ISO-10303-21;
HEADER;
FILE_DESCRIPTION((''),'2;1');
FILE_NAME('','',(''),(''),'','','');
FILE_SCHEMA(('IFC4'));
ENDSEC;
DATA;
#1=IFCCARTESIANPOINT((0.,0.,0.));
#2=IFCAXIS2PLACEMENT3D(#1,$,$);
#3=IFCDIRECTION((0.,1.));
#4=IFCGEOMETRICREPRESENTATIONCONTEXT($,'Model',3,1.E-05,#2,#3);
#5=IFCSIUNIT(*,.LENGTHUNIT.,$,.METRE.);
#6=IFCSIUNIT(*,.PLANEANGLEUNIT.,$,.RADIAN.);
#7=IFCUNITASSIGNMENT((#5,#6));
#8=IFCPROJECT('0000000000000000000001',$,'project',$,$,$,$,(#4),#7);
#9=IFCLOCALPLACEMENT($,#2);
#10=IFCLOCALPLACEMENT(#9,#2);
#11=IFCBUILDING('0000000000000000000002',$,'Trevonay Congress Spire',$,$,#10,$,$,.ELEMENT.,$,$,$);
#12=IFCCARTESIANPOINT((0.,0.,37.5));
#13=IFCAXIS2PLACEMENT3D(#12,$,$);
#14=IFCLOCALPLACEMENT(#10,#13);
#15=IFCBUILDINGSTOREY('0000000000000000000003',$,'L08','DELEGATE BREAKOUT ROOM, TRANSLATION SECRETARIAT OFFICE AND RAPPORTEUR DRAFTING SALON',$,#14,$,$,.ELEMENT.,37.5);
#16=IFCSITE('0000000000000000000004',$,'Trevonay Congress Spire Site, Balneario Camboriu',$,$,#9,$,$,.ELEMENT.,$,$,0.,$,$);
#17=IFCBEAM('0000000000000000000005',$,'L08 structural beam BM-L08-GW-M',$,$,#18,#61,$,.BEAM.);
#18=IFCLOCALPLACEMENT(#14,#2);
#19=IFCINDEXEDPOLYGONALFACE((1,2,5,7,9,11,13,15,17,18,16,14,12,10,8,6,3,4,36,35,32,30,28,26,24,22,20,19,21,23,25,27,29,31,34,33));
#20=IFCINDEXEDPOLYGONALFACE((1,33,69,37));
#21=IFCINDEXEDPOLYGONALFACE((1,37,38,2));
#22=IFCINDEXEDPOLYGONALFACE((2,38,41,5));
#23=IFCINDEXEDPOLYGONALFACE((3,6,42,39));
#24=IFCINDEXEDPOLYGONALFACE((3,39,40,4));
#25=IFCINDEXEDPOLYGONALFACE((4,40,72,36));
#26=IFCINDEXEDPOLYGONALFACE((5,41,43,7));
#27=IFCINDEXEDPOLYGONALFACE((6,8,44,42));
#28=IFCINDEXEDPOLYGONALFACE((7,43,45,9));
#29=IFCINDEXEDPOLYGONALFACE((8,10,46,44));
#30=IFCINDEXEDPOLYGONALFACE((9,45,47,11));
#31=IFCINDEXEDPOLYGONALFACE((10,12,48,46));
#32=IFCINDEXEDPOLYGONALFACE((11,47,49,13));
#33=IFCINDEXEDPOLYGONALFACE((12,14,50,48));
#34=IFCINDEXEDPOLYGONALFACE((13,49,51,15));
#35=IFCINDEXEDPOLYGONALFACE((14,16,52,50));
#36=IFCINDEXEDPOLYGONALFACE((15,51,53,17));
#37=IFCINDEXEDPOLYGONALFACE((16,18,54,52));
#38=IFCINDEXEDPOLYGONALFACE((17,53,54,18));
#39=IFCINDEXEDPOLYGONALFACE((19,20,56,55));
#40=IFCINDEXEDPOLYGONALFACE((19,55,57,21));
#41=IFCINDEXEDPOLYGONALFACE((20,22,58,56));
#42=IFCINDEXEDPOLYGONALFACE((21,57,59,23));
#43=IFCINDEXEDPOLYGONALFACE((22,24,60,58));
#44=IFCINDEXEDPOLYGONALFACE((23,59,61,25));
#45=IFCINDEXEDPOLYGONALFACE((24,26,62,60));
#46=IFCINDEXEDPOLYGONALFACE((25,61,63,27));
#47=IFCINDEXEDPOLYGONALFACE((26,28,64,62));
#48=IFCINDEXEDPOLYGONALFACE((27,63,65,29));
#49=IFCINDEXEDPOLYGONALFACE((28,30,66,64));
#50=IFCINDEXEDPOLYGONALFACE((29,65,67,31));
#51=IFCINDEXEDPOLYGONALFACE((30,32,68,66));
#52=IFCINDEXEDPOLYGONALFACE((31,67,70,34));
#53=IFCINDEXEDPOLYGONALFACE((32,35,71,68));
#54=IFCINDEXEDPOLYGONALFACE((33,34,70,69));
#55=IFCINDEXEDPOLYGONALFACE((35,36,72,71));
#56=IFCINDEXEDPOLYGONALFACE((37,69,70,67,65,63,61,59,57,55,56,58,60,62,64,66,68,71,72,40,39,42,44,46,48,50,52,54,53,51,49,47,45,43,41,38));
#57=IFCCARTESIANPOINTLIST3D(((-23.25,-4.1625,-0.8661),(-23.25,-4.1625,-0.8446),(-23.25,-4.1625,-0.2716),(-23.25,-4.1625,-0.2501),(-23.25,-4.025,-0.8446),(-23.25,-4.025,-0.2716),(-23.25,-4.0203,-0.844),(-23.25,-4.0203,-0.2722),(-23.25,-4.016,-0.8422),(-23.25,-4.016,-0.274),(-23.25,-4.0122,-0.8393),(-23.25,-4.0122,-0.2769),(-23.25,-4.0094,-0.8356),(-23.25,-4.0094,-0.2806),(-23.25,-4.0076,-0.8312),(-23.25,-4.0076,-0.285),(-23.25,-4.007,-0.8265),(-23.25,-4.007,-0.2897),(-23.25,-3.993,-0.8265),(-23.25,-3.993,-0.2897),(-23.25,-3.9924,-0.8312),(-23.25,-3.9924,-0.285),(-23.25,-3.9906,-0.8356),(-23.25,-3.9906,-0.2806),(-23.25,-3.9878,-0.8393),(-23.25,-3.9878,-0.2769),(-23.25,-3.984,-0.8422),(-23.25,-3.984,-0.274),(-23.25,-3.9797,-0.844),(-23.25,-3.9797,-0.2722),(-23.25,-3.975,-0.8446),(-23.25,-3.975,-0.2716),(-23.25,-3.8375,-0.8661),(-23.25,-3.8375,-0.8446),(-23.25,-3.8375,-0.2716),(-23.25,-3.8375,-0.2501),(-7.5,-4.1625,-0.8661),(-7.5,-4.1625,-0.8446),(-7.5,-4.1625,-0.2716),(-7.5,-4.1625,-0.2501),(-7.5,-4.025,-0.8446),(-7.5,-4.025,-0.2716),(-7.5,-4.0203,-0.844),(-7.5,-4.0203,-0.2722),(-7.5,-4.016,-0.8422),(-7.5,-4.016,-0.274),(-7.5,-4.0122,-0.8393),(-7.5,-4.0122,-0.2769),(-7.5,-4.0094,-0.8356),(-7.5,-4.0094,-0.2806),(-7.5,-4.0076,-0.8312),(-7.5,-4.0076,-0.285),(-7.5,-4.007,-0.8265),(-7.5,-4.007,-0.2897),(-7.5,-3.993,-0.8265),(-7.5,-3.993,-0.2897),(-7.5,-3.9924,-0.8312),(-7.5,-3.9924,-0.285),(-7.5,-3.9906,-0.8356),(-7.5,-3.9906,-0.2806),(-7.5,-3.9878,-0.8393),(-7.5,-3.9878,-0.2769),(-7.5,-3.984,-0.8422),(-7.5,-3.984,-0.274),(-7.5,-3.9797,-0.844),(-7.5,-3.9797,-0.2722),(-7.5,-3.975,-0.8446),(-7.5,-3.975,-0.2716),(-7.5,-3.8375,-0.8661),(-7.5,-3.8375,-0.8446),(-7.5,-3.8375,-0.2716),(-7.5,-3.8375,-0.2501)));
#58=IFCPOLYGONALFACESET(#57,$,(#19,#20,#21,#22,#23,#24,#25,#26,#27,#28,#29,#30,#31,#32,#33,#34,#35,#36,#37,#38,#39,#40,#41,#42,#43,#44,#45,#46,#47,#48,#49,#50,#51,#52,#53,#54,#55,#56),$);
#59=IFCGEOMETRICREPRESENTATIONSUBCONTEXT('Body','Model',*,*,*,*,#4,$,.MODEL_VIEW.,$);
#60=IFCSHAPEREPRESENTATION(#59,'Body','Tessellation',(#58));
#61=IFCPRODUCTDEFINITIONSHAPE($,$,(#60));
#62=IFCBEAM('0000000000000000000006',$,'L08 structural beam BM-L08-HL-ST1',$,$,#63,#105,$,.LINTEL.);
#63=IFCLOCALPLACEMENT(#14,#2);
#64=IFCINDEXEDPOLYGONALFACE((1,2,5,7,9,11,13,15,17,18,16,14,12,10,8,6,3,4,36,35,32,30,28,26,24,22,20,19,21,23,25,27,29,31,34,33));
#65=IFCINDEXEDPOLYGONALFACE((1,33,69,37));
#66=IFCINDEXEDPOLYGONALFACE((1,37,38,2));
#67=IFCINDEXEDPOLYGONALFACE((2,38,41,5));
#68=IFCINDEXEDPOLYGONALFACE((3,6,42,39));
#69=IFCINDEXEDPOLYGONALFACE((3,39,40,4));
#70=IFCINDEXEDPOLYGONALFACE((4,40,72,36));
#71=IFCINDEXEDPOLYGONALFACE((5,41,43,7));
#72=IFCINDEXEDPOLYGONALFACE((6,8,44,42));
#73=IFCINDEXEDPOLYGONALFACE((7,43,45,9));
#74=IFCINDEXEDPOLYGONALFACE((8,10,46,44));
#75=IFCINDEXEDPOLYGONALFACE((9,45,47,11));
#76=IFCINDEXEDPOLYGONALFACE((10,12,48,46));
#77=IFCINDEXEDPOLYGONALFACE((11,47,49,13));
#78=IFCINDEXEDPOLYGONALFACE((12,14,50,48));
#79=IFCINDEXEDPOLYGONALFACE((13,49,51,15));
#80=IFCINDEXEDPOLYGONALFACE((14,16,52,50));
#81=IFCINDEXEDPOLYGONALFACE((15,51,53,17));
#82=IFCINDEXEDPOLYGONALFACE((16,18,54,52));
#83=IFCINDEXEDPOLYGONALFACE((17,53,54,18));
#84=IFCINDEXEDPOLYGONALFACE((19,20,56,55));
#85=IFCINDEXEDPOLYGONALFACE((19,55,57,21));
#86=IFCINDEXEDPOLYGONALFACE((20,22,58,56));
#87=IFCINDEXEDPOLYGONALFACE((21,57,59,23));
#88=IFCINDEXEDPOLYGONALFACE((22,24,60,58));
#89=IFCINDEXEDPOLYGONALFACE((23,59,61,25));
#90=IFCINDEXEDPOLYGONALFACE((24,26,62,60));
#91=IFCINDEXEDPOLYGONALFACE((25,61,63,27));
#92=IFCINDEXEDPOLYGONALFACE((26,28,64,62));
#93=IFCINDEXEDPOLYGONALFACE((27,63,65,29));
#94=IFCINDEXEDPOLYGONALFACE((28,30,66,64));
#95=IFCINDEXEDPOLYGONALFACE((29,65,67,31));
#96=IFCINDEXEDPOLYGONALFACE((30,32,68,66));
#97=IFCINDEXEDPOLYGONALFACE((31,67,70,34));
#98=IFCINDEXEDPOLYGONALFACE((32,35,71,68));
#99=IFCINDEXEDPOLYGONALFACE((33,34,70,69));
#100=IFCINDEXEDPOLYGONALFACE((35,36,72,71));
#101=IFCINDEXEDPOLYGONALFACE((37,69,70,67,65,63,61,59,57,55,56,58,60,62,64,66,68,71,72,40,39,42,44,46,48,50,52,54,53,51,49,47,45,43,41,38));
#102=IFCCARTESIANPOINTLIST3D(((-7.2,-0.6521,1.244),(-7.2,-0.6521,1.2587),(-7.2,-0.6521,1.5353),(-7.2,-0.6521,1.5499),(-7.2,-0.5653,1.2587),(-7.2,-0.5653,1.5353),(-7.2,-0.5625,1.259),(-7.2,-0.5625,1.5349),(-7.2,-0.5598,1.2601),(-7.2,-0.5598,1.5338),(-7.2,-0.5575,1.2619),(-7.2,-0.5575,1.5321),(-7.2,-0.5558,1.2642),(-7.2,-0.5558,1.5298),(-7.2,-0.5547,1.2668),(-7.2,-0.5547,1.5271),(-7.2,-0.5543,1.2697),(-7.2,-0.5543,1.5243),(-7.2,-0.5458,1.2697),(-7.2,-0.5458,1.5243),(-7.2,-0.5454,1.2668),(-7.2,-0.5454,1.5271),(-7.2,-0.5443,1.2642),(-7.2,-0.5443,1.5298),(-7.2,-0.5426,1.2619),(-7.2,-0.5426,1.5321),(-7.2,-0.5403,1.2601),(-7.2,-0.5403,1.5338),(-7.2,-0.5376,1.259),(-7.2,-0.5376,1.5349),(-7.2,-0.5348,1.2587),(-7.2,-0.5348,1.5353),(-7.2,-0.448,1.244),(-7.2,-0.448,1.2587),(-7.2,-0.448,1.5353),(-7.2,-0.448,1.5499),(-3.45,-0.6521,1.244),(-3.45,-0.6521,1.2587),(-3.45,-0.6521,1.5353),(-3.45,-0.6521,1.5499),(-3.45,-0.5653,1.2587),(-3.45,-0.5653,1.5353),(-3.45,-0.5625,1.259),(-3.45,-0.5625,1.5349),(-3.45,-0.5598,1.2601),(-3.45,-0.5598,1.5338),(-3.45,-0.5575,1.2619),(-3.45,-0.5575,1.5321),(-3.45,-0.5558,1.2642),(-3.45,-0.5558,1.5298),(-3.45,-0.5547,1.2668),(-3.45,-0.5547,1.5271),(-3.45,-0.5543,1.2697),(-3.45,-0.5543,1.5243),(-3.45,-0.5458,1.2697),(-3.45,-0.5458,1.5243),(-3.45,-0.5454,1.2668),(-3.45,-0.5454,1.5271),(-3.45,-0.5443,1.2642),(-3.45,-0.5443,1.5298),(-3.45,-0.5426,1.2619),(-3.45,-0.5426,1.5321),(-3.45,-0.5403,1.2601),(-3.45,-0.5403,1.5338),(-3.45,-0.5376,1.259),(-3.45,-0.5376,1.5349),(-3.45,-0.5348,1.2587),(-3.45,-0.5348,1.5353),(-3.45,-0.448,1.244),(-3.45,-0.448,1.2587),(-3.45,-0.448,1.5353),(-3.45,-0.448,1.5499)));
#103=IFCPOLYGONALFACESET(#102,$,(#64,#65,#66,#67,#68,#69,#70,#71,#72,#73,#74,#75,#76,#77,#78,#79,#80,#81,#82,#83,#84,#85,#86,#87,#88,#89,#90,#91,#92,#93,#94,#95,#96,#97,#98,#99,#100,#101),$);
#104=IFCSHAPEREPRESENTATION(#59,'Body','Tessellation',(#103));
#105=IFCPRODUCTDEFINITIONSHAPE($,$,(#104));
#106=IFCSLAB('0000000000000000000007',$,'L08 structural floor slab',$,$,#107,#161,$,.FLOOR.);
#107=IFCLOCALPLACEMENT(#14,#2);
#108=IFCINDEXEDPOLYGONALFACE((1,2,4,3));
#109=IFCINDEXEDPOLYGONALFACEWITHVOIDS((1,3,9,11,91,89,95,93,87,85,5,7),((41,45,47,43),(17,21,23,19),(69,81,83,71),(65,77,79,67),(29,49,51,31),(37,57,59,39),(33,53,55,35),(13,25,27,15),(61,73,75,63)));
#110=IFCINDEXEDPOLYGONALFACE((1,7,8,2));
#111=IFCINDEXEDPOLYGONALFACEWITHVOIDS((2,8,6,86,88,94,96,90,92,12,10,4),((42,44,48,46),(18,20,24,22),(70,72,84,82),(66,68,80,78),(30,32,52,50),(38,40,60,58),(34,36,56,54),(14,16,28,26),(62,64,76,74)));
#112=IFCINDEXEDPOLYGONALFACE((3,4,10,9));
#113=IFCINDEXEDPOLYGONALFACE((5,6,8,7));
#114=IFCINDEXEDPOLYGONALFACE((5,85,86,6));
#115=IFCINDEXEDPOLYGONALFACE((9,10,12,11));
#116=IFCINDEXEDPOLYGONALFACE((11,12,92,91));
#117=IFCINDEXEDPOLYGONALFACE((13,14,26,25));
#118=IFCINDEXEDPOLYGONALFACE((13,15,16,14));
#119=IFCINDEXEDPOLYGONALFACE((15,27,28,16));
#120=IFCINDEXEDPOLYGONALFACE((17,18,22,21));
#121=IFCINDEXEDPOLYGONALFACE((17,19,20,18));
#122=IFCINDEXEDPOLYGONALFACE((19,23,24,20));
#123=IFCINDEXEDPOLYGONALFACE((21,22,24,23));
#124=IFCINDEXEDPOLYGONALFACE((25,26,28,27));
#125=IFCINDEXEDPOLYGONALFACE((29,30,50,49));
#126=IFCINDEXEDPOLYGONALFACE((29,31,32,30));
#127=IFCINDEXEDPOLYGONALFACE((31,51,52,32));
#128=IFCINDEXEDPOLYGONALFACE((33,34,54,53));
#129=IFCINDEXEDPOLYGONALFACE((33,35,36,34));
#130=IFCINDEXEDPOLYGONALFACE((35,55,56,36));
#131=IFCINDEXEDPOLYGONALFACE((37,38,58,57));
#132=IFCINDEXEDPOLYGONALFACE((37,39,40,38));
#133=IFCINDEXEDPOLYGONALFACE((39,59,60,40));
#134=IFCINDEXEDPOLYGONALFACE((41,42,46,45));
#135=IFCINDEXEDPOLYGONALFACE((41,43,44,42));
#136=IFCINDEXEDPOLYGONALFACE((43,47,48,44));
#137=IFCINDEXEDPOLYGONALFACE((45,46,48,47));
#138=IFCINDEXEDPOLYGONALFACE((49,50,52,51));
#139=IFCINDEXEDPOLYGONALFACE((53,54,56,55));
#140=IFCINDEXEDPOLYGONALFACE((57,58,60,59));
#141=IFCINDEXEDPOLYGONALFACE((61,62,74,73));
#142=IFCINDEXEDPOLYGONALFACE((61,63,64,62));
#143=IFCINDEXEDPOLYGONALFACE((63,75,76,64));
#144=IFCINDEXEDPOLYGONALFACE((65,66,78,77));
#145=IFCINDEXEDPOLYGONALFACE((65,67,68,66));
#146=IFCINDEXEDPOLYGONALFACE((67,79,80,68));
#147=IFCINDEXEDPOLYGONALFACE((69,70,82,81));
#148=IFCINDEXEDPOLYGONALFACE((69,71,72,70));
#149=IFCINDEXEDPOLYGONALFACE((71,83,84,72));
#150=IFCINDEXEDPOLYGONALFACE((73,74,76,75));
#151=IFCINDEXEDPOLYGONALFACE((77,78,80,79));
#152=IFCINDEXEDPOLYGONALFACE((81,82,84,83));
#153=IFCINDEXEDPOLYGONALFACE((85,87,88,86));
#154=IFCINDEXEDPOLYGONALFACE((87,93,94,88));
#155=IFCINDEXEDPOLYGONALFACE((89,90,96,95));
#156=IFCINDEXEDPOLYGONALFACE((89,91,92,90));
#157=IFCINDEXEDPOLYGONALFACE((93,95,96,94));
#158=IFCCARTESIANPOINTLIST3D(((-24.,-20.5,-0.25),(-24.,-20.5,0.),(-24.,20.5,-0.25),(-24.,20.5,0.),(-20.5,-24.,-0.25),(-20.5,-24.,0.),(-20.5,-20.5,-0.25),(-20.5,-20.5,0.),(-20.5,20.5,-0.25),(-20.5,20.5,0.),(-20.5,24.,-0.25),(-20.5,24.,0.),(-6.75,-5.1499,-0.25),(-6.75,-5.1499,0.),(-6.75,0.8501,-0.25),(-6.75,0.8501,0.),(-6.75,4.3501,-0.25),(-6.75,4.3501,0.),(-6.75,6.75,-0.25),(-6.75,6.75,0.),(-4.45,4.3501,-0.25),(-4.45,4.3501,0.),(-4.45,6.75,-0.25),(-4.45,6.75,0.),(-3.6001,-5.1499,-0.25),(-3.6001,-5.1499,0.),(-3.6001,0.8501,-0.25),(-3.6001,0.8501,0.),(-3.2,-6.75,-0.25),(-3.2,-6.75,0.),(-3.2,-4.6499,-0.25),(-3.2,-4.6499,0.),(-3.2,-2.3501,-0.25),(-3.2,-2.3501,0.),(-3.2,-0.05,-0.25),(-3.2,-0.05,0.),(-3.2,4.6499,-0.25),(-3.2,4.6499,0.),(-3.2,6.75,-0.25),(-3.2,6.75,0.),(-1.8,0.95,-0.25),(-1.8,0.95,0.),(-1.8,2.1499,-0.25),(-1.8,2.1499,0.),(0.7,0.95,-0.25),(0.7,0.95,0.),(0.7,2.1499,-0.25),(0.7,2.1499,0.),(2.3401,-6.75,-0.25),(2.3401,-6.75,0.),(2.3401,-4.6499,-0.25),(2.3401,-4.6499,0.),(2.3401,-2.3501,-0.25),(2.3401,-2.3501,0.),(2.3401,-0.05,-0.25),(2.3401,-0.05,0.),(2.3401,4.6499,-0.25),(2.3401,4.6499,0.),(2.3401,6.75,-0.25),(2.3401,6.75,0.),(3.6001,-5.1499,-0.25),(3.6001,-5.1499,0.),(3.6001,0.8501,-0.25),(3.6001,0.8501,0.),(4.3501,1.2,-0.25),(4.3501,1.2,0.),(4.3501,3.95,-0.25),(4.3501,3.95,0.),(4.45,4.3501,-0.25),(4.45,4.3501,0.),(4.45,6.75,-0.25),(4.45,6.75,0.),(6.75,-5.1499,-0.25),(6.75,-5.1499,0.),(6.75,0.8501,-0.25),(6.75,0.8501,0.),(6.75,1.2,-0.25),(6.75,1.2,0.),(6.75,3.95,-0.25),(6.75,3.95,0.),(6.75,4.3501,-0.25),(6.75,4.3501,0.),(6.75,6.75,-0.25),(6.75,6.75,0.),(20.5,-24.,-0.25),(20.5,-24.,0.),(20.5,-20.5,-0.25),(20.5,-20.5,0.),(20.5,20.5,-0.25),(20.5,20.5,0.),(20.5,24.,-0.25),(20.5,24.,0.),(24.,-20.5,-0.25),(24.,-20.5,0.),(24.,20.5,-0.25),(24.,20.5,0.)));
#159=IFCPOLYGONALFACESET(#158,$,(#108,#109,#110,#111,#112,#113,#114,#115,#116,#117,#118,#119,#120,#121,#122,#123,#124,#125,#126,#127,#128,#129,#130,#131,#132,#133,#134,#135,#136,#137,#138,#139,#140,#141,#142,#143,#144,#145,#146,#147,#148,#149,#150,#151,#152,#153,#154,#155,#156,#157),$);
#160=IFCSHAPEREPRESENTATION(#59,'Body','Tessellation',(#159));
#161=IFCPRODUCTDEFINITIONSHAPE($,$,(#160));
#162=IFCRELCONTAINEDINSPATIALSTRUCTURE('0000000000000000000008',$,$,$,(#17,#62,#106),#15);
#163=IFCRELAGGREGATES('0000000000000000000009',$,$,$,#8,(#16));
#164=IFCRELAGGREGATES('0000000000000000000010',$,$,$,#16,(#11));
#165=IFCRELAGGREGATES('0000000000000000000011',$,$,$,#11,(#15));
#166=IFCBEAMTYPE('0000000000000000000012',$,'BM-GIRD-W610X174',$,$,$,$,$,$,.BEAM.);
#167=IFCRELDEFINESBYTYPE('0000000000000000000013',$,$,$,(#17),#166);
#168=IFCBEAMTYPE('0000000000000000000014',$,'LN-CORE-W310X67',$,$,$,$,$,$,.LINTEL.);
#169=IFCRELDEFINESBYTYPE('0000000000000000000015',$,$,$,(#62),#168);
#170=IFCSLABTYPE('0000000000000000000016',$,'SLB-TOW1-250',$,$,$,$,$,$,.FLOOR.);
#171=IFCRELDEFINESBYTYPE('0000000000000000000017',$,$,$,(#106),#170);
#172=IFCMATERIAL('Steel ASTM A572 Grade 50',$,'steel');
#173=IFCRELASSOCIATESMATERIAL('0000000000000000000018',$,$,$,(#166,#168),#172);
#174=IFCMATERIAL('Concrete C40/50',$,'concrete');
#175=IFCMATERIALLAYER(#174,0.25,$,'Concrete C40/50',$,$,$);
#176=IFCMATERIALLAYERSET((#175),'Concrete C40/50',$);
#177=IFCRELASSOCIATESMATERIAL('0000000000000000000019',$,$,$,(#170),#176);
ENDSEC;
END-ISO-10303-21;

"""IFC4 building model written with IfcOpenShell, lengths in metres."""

from ifc_helpers import new_model, si_unit, direction, frame, origin, origin_2d, place, context, subcontext, project, spatial, polyline, i_section, outline, extrude, material, layer, layer_set, material_profile, profile_set, type_object, element, save


model = new_model("IFC4")

# Units and contexts
model_context = context("Model", 3, precision=1e-05, world=origin(), true_north=direction((0.0, 1.0)))
body_context = subcontext(model_context, "Body", "Model", "MODEL_VIEW")
ifc_project = project(units=[si_unit("LENGTHUNIT", "METRE"), si_unit("PLANEANGLEUNIT", "RADIAN")], contexts=[model_context])

# Site, building, storey
site_placement = place(None, origin())
site = spatial("IfcSite", under=ifc_project, at=site_placement, Name="Trevonay Congress Spire Site, Balneario Camboriu", CompositionType="ELEMENT", RefElevation=0.0)
building_placement = place(site_placement, origin())
building = spatial("IfcBuilding", under=site, at=building_placement, Name="Trevonay Congress Spire", CompositionType="ELEMENT")
storey_placement = place(building_placement, frame((0.0, 0.0, 37.5)))
storey = spatial("IfcBuildingStorey", under=building, at=storey_placement, Name="L08", Description="DELEGATE BREAKOUT ROOM, TRANSLATION SECRETARIAT OFFICE AND RAPPORTEUR DRAFTING SALON", CompositionType="ELEMENT", Elevation=37.5)

# Shared definitions
ifc_material_1 = material(Name="Steel ASTM A572 Grade 50", Category="steel")

# Beams
ifc_material_profile_1 = material_profile(ifc_material_1, i_section(OverallWidth=0.325, OverallDepth=0.616, WebThickness=0.0139, FlangeThickness=0.0215, FilletRadius=0.0181, at=origin_2d()), Name="W610x174")
ifc_profile_set_1 = profile_set([ifc_material_profile_1], Name="Steel ASTM A572 Grade 50")
beam_type_1 = type_object("IfcBeamType", Name="BM-GIRD-W610X174", PredefinedType="BEAM", material=ifc_profile_set_1)
for number, where, z_axis, x_axis, name in (
    (1, (-7.5, -4.0, -0.5581), (-1.0, 0.0, 0.0), (0.0, -1.0, 0.0), "L08 structural beam BM-L08-GW-M"),
):
    element("IfcBeam", number, at=place(storey_placement, frame(where, z_axis=z_axis, x_axis=x_axis)), inside=storey, type_object=beam_type_1, Name=name, PredefinedType="BEAM", context=body_context, shape_type="SweptSolid", body=[
        extrude(i_section(OverallWidth=0.325, OverallDepth=0.616, WebThickness=0.0139, FlangeThickness=0.0215, FilletRadius=0.0181, at=origin_2d()), origin(), (0.0, 0.0, 1.0), 15.75),
    ])
ifc_material_profile_2 = material_profile(ifc_material_1, i_section(OverallWidth=0.2041, OverallDepth=0.3059, WebThickness=0.0085, FlangeThickness=0.0146, FilletRadius=0.011, at=origin_2d()), Name="W310x67")
ifc_profile_set_2 = profile_set([ifc_material_profile_2], Name="Steel ASTM A572 Grade 50")
beam_type_2 = type_object("IfcBeamType", Name="LN-CORE-W310X67", PredefinedType="LINTEL", material=ifc_profile_set_2)
beam_1_placement = place(storey_placement, frame((-7.2, -0.55, 1.397), z_axis=(1.0, 0.0, 0.0), x_axis=(0.0, 1.0, 0.0)))
element("IfcBeam", 2, at=beam_1_placement, inside=storey, type_object=beam_type_2, Name="L08 structural beam BM-L08-HL-ST1", PredefinedType="LINTEL", context=body_context, shape_type="SweptSolid", body=[
    extrude(i_section(OverallWidth=0.2041, OverallDepth=0.3059, WebThickness=0.0085, FlangeThickness=0.0146, FilletRadius=0.011, at=origin_2d()), origin(), (0.0, 0.0, 1.0), 3.75),
])

# Slab
ifc_material_2 = material(Name="Concrete C40/50", Category="concrete")
ifc_layer_1 = layer(ifc_material_2, 0.25, Name="Concrete C40/50")
ifc_layer_set_1 = layer_set([ifc_layer_1], Name="Concrete C40/50")
slab_type = type_object("IfcSlabType", Name="SLB-TOW1-250", PredefinedType="FLOOR", material=ifc_layer_set_1)
slab_placement = place(storey_placement, frame((0.0, 0.0, -0.25)))
element("IfcSlab", 3, at=slab_placement, inside=storey, type_object=slab_type, Name="L08 structural floor slab", PredefinedType="FLOOR", context=body_context, shape_type="SweptSolid", body=[
    extrude(outline(polyline([(-20.5, -24.0), (20.5, -24.0), (20.5, -20.5), (24.0, -20.5), (24.0, 20.5), (20.5, 20.5), (20.5, 24.0), (-20.5, 24.0), (-20.5, 20.5), (-24.0, 20.5), (-24.0, -20.5), (-20.5, -20.5), (-20.5, -24.0)]), holes=[polyline([(-3.6001, -5.1499), (-3.6001, 0.8501), (-6.75, 0.8501), (-6.75, -5.1499), (-3.6001, -5.1499)]), polyline([(6.75, -5.1499), (6.75, 0.8501), (3.6001, 0.8501), (3.6001, -5.1499), (6.75, -5.1499)]), polyline([(-3.2, -6.75), (2.3401, -6.75), (2.3401, -4.6499), (-3.2, -4.6499), (-3.2, -6.75)]), polyline([(-3.2, -2.3501), (2.3401, -2.3501), (2.3401, -0.05), (-3.2, -0.05), (-3.2, -2.3501)]), polyline([(-3.2, 4.6499), (2.3401, 4.6499), (2.3401, 6.75), (-3.2, 6.75), (-3.2, 4.6499)]), polyline([(-6.75, 4.3501), (-4.45, 4.3501), (-4.45, 6.75), (-6.75, 6.75), (-6.75, 4.3501)]), polyline([(4.45, 4.3501), (6.75, 4.3501), (6.75, 6.75), (4.45, 6.75), (4.45, 4.3501)]), polyline([(4.3501, 1.2), (6.75, 1.2), (6.75, 3.95), (4.3501, 3.95), (4.3501, 1.2)]), polyline([(-1.8, 0.95), (0.7, 0.95), (0.7, 2.1499), (-1.8, 2.1499), (-1.8, 0.95)])]), origin(), (0.0, 0.0, 1.0), 0.25),
])

save(model, "model.ifc")
